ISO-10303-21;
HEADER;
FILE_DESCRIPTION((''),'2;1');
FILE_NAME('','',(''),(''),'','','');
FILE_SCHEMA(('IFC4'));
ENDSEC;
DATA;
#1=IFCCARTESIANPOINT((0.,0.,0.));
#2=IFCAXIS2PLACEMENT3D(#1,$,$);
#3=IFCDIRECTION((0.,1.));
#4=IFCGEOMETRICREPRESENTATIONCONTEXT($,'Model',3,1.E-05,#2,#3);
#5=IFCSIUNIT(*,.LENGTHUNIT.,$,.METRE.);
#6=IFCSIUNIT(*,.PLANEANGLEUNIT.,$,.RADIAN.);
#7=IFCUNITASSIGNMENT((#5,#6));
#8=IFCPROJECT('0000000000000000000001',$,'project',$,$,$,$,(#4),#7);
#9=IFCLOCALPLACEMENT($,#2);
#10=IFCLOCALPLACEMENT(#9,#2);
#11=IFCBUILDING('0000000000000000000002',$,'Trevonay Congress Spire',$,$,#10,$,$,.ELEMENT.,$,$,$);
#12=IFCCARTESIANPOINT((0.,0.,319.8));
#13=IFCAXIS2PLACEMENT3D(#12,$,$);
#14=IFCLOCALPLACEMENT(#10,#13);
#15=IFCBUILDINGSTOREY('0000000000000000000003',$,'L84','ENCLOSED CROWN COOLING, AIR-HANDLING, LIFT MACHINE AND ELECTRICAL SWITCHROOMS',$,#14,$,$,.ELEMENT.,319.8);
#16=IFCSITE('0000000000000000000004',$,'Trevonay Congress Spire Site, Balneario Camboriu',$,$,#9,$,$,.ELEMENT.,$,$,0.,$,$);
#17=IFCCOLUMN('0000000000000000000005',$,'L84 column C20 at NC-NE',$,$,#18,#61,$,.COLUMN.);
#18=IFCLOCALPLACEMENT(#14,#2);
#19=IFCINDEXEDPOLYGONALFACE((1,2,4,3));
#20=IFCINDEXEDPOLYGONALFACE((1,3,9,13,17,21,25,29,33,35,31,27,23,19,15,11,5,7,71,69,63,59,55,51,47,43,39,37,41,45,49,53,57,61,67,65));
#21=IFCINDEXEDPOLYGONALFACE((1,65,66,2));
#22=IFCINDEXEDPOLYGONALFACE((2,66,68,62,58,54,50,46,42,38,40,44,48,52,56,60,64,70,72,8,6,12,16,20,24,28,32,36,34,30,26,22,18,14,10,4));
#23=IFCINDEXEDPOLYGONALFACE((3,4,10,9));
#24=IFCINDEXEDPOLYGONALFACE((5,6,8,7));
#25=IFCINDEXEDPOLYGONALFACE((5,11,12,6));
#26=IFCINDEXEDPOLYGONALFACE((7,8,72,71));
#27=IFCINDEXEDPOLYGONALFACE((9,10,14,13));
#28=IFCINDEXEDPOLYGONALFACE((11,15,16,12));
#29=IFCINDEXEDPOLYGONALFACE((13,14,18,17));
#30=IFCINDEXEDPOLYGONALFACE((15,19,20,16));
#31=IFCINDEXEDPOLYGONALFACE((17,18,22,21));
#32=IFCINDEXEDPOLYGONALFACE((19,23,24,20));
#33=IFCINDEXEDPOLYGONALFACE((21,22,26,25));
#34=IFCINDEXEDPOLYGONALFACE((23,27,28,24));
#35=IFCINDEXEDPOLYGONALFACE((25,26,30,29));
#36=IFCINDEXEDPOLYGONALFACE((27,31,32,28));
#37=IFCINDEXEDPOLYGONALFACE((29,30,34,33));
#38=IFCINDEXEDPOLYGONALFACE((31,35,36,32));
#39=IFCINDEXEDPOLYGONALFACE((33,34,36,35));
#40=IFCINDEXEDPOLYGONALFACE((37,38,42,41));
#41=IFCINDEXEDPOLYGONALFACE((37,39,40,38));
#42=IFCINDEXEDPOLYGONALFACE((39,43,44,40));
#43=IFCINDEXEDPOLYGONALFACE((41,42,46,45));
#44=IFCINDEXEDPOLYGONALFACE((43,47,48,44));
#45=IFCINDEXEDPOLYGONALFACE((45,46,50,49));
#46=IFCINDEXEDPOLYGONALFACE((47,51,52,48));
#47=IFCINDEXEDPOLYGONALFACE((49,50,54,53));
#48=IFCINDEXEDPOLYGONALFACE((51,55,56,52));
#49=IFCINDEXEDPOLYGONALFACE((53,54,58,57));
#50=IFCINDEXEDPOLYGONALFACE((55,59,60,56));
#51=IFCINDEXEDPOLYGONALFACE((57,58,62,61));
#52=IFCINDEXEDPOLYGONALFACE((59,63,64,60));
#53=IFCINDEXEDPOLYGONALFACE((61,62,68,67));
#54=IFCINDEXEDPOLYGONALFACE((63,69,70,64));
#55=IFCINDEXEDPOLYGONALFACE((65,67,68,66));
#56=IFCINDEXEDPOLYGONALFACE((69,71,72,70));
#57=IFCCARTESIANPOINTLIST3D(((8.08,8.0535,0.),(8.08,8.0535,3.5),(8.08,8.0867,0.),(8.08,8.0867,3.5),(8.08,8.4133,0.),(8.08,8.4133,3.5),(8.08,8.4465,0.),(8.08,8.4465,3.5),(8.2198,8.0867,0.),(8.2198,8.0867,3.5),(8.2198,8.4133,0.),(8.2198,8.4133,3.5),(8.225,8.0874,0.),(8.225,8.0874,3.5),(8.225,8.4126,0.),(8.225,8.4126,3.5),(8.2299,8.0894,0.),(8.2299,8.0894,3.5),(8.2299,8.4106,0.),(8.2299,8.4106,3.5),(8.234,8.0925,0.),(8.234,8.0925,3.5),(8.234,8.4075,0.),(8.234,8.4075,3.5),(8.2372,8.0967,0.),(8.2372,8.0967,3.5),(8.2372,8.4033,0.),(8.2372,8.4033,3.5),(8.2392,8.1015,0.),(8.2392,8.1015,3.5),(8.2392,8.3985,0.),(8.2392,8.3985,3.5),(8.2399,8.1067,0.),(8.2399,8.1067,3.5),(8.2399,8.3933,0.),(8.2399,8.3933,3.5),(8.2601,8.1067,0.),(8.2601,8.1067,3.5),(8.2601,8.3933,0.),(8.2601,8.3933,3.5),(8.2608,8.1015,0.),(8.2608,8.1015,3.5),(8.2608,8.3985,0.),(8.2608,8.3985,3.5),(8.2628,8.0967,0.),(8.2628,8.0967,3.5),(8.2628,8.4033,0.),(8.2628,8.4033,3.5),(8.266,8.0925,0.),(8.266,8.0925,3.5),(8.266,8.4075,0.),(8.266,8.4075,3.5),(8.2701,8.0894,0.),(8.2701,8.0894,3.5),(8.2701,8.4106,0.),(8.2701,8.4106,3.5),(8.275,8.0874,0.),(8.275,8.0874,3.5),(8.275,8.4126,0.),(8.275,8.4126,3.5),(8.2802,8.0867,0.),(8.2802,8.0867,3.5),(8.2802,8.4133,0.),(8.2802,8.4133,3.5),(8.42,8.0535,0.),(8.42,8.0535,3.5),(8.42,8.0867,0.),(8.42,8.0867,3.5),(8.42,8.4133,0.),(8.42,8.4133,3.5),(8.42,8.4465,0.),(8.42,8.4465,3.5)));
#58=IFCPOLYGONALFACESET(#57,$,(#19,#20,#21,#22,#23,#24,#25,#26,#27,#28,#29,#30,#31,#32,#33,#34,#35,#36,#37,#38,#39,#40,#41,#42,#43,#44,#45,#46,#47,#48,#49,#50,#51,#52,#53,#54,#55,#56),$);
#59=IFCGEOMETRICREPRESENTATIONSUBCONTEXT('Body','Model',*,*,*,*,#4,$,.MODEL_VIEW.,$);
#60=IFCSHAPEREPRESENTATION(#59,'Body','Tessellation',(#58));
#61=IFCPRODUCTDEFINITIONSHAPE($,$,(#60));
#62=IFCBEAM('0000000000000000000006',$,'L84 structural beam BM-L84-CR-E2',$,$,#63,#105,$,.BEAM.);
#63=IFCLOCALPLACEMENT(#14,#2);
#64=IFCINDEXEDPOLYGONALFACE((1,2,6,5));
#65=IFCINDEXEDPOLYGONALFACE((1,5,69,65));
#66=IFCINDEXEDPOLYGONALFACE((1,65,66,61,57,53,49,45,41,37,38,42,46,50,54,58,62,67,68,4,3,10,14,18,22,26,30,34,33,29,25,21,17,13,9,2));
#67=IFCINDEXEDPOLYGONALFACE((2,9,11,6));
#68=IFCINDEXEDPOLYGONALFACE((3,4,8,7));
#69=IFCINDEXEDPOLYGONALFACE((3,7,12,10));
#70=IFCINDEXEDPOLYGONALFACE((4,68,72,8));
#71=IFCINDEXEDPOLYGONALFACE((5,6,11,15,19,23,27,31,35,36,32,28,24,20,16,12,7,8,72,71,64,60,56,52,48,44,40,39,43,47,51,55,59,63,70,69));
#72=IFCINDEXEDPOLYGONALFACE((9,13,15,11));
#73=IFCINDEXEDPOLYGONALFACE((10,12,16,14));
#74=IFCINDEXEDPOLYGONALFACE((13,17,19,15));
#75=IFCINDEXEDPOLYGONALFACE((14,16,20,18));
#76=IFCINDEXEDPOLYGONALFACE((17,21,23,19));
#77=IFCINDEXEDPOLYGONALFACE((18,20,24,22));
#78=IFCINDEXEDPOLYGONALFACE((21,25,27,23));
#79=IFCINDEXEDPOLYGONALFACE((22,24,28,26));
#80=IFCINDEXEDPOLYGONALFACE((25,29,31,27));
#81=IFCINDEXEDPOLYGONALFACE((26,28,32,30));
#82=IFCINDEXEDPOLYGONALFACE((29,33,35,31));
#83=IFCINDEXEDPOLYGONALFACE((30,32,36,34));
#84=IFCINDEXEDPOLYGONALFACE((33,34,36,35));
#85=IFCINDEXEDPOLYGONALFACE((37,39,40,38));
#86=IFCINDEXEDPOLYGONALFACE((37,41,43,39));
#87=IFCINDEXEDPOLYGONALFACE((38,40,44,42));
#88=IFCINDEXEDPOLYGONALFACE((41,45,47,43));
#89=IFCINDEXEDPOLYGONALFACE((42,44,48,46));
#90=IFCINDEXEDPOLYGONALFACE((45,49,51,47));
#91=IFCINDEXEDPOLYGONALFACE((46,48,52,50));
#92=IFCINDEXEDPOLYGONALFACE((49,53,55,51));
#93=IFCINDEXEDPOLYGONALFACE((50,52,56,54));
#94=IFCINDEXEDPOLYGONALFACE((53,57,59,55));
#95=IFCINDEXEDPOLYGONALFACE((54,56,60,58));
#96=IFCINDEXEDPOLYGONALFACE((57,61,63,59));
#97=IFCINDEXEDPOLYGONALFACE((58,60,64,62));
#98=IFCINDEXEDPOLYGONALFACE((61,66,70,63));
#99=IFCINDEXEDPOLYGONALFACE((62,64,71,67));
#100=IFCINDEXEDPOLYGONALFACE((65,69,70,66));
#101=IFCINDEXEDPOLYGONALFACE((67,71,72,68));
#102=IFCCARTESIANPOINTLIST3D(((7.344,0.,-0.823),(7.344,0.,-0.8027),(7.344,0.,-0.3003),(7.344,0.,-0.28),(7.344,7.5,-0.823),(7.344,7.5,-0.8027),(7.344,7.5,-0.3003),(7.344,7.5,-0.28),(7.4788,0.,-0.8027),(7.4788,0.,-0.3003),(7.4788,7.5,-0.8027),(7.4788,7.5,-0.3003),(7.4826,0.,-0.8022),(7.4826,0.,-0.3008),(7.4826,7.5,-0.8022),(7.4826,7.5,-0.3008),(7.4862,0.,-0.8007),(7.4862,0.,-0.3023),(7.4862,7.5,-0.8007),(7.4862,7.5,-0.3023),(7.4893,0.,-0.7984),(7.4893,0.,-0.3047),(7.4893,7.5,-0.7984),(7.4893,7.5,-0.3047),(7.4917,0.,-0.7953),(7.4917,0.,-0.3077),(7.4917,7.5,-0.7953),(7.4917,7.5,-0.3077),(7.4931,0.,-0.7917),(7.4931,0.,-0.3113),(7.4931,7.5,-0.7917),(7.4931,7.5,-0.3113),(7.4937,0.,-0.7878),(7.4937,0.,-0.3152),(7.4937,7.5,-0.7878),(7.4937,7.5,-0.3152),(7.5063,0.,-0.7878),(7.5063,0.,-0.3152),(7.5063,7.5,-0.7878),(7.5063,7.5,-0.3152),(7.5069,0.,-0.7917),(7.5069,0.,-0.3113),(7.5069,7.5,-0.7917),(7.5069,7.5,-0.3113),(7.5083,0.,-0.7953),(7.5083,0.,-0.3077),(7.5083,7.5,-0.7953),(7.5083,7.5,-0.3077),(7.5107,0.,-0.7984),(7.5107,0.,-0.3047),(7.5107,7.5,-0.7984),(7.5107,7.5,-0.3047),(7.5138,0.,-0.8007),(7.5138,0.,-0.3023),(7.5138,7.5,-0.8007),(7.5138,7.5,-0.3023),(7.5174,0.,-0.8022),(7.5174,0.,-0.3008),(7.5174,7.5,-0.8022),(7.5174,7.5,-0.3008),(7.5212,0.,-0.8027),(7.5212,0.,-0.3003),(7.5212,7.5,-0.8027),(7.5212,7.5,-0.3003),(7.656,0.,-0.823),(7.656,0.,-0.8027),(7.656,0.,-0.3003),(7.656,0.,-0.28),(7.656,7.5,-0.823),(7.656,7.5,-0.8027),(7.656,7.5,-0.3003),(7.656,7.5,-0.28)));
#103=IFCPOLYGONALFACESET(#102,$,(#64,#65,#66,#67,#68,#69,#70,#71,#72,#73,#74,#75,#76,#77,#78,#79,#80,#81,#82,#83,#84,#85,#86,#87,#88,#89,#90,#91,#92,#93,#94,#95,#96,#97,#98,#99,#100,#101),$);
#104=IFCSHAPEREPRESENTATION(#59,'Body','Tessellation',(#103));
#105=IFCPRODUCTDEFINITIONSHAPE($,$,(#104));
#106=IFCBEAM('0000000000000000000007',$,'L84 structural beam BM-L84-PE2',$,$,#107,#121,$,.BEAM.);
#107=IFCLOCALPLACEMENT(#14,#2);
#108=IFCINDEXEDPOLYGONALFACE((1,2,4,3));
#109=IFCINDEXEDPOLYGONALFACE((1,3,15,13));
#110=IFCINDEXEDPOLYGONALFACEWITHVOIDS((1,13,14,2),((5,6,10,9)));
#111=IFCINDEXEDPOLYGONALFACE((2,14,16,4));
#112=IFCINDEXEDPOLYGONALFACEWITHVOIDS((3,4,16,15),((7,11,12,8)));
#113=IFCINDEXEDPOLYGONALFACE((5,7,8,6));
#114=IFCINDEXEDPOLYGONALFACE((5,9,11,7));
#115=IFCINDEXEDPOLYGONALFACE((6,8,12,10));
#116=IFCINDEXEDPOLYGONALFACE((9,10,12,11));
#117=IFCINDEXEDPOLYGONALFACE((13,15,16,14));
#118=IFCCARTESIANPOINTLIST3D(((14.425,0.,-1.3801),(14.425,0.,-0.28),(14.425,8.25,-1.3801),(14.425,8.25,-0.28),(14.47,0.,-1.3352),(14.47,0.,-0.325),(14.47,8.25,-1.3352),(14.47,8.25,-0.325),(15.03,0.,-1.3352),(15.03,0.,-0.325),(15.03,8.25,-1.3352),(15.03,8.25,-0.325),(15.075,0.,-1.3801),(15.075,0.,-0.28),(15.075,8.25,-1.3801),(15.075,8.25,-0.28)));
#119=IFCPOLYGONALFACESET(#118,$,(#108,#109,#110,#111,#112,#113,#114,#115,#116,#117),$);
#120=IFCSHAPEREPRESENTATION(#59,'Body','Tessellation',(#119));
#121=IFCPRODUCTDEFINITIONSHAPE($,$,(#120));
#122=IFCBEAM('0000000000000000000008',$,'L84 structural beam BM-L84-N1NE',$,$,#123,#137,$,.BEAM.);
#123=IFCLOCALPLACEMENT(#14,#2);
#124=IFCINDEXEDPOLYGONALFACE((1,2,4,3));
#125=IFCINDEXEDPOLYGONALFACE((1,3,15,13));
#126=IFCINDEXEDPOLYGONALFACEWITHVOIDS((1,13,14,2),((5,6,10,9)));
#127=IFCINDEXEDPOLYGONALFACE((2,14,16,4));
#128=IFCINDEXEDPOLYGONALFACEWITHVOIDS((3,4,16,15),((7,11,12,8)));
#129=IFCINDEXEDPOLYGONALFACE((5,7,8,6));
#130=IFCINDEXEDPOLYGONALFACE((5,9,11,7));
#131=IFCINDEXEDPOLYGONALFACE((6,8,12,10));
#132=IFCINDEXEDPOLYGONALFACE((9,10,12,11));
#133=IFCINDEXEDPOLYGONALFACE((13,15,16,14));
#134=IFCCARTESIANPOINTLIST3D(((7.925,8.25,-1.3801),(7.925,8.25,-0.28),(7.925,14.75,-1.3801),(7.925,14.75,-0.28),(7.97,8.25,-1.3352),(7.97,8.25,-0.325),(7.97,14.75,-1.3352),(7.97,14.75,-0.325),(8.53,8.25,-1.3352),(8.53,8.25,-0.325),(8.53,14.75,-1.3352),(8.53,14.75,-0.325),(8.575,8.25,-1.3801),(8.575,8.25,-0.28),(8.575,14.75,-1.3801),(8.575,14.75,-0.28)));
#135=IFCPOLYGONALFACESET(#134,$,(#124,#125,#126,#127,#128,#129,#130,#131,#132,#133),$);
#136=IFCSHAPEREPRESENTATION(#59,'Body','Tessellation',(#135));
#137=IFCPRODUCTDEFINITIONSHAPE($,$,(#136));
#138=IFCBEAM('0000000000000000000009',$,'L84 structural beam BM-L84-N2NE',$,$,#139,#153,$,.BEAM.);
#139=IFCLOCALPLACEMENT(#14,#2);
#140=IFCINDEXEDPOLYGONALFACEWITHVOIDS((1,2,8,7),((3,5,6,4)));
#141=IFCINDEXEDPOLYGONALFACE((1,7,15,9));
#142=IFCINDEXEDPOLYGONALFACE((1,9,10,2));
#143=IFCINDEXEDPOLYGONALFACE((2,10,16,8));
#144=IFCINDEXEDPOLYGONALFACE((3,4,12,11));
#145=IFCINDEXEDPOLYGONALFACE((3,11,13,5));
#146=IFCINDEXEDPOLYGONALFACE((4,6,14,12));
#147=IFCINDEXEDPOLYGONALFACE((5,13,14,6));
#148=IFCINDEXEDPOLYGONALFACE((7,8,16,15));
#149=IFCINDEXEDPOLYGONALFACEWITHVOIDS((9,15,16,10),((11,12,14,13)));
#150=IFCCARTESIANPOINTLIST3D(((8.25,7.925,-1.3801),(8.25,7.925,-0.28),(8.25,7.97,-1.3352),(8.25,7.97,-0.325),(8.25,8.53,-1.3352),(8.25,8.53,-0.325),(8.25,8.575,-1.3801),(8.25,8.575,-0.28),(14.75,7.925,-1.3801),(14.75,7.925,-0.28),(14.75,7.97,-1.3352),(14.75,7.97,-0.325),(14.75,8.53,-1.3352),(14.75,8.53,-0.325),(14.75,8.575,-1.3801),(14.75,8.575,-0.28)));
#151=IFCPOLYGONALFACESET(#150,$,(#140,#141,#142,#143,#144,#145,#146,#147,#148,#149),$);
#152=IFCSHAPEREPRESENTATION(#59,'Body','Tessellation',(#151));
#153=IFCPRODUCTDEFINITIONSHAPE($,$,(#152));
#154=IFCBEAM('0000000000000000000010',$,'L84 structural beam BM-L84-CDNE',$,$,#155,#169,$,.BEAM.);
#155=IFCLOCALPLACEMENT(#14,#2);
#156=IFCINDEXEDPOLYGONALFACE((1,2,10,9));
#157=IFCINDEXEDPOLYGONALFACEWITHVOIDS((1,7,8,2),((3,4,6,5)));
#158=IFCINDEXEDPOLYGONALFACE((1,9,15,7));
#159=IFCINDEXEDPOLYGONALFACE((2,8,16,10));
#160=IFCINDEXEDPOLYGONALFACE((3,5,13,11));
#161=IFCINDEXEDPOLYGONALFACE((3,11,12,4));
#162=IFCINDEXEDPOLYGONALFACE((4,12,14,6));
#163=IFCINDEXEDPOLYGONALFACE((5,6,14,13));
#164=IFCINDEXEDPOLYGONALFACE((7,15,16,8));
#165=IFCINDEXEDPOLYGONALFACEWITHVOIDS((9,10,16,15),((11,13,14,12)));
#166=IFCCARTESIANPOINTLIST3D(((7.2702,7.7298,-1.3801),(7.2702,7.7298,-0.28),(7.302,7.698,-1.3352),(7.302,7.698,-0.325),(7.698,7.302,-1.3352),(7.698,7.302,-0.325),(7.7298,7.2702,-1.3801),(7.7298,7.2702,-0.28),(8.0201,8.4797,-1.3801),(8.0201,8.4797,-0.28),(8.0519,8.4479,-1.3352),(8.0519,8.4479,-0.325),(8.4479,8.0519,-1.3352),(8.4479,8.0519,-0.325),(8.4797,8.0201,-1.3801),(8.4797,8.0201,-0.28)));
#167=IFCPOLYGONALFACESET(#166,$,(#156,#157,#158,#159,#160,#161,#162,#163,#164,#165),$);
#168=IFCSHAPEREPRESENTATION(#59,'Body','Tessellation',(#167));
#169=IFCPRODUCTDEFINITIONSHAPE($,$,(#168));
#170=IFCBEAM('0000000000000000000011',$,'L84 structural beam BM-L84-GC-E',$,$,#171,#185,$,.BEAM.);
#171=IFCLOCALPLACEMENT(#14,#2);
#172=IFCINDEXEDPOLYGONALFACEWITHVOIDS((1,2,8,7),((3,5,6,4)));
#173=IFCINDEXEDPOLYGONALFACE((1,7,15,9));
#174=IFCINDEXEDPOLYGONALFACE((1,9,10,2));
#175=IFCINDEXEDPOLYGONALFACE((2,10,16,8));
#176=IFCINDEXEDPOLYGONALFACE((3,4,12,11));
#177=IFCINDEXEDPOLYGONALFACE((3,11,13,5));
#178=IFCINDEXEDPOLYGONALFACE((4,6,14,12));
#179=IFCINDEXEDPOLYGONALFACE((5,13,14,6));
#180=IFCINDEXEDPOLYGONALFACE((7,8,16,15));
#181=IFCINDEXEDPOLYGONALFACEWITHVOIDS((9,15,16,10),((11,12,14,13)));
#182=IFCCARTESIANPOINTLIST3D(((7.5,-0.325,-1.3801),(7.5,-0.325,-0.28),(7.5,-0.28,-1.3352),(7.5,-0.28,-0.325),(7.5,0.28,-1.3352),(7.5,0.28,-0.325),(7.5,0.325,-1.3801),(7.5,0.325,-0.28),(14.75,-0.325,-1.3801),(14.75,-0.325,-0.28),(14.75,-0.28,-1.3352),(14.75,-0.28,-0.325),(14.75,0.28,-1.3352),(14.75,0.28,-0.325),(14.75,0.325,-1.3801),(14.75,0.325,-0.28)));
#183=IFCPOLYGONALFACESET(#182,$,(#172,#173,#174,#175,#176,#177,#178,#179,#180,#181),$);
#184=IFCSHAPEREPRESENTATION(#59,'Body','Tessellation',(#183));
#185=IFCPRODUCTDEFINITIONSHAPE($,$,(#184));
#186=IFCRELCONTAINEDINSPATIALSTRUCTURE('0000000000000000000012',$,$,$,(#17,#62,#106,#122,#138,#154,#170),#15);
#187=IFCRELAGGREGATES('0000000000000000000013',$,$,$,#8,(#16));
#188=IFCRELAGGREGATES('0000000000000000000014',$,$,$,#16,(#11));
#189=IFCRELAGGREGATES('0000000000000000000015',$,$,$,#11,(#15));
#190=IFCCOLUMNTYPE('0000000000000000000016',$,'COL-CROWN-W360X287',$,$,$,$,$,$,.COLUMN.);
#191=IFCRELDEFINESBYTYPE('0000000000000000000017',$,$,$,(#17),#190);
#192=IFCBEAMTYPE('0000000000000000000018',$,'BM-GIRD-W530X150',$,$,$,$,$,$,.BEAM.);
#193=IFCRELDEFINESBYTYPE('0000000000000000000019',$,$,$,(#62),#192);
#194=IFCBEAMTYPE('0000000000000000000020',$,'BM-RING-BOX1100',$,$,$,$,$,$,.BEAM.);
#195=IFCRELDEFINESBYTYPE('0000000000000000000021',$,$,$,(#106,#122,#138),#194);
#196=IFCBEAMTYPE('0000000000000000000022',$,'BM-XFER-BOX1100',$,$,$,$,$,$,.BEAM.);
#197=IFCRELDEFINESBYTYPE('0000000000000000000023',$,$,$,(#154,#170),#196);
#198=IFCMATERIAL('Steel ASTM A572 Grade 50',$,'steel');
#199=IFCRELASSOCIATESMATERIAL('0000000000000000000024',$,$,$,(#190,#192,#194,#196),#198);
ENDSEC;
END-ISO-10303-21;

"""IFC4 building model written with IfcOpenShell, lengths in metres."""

from ifc_helpers import new_model, si_unit, direction, frame, origin, origin_2d, place, context, subcontext, project, spatial, hollow_rectangle, i_section, extrude, material, material_profile, profile_set, type_object, element, save


model = new_model("IFC4")

# Units and contexts
model_context = context("Model", 3, precision=1e-05, world=origin(), true_north=direction((0.0, 1.0)))
body_context = subcontext(model_context, "Body", "Model", "MODEL_VIEW")
ifc_project = project(units=[si_unit("LENGTHUNIT", "METRE"), si_unit("PLANEANGLEUNIT", "RADIAN")], contexts=[model_context])

# Site, building, storey
site_placement = place(None, origin())
site = spatial("IfcSite", under=ifc_project, at=site_placement, Name="Trevonay Congress Spire Site, Balneario Camboriu", CompositionType="ELEMENT", RefElevation=0.0)
building_placement = place(site_placement, origin())
building = spatial("IfcBuilding", under=site, at=building_placement, Name="Trevonay Congress Spire", CompositionType="ELEMENT")
storey_placement = place(building_placement, frame((0.0, 0.0, 319.8)))
storey = spatial("IfcBuildingStorey", under=building, at=storey_placement, Name="L84", Description="ENCLOSED CROWN COOLING, AIR-HANDLING, LIFT MACHINE AND ELECTRICAL SWITCHROOMS", CompositionType="ELEMENT", Elevation=319.8)

# Column
ifc_material_1 = material(Name="Steel ASTM A572 Grade 50", Category="steel")
ifc_material_profile_1 = material_profile(ifc_material_1, i_section(OverallWidth=0.3401, OverallDepth=0.3931, WebThickness=0.0203, FlangeThickness=0.0332, FilletRadius=0.02, at=origin_2d()), Name="W360x287")
ifc_profile_set_1 = profile_set([ifc_material_profile_1], Name="Steel ASTM A572 Grade 50")
column_type_1 = type_object("IfcColumnType", Name="COL-CROWN-W360X287", PredefinedType="COLUMN", material=ifc_profile_set_1)
column_placement = place(storey_placement, frame((8.25, 8.25, 0.0), z_axis=(0.0, 0.0, 1.0), x_axis=(1.0, 0.0, 0.0)))
element("IfcColumn", 1, at=column_placement, inside=storey, type_object=column_type_1, Name="L84 column C20 at NC-NE", PredefinedType="COLUMN", context=body_context, shape_type="SweptSolid", body=[
    extrude(i_section(OverallWidth=0.3401, OverallDepth=0.3931, WebThickness=0.0203, FlangeThickness=0.0332, FilletRadius=0.02, at=origin_2d()), origin(), (0.0, 0.0, 1.0), 3.5),
])

# Beams
ifc_material_profile_2 = material_profile(ifc_material_1, i_section(OverallWidth=0.312, OverallDepth=0.543, WebThickness=0.0127, FlangeThickness=0.0203, FilletRadius=0.0149, at=origin_2d()), Name="W530x150")
ifc_profile_set_2 = profile_set([ifc_material_profile_2], Name="Steel ASTM A572 Grade 50")
beam_type_1 = type_object("IfcBeamType", Name="BM-GIRD-W530X150", PredefinedType="BEAM", material=ifc_profile_set_2)
beam_1_placement = place(storey_placement, frame((7.5, 0.0, -0.5515), z_axis=(0.0, 1.0, 0.0), x_axis=(-1.0, 0.0, 0.0)))
element("IfcBeam", 2, at=beam_1_placement, inside=storey, type_object=beam_type_1, Name="L84 structural beam BM-L84-CR-E2", PredefinedType="BEAM", context=body_context, shape_type="SweptSolid", body=[
    extrude(i_section(OverallWidth=0.312, OverallDepth=0.543, WebThickness=0.0127, FlangeThickness=0.0203, FilletRadius=0.0149, at=origin_2d()), origin(), (0.0, 0.0, 1.0), 7.5),
])
ifc_material_profile_3 = material_profile(ifc_material_1, hollow_rectangle(XDim=0.6499, YDim=1.1001, WallThickness=0.0449, at=origin_2d()), Name="BOX 1100x650x45")
ifc_profile_set_3 = profile_set([ifc_material_profile_3], Name="Steel ASTM A572 Grade 50")
beam_type_2 = type_object("IfcBeamType", Name="BM-RING-BOX1100", PredefinedType="BEAM", material=ifc_profile_set_3)
beam_2_placement = place(storey_placement, frame((14.75, 0.0, -0.8301), z_axis=(0.0, 1.0, 0.0), x_axis=(-1.0, 0.0, 0.0)))
element("IfcBeam", 3, at=beam_2_placement, inside=storey, type_object=beam_type_2, Name="L84 structural beam BM-L84-PE2", PredefinedType="BEAM", context=body_context, shape_type="SweptSolid", body=[
    extrude(hollow_rectangle(XDim=0.6499, YDim=1.1001, WallThickness=0.0449, at=origin_2d()), origin(), (0.0, 0.0, 1.0), 8.25),
])
for number, where, z_axis, x_axis, name in (
    (4, (8.25, 14.75, -0.8301), (0.0, -1.0, 0.0), (1.0, 0.0, 0.0), "L84 structural beam BM-L84-N1NE"),
    (5, (14.75, 8.25, -0.8301), (-1.0, 0.0, 0.0), (0.0, -1.0, 0.0), "L84 structural beam BM-L84-N2NE"),
):
    element("IfcBeam", number, at=place(storey_placement, frame(where, z_axis=z_axis, x_axis=x_axis)), inside=storey, type_object=beam_type_2, Name=name, PredefinedType="BEAM", context=body_context, shape_type="SweptSolid", body=[
        extrude(hollow_rectangle(XDim=0.6499, YDim=1.1001, WallThickness=0.0449, at=origin_2d()), origin(), (0.0, 0.0, 1.0), 6.5),
    ])
ifc_material_profile_4 = material_profile(ifc_material_1, hollow_rectangle(XDim=0.6499, YDim=1.1001, WallThickness=0.0449, at=origin_2d()), Name="BOX 1100x650x45")
ifc_profile_set_4 = profile_set([ifc_material_profile_4], Name="Steel ASTM A572 Grade 50")
beam_type_3 = type_object("IfcBeamType", Name="BM-XFER-BOX1100", PredefinedType="BEAM", material=ifc_profile_set_4)
beam_3_placement = place(storey_placement, frame((7.5, 7.5, -0.8301), z_axis=(0.707107, 0.707107, 0.0), x_axis=(-0.707107, 0.707107, 0.0)))
element("IfcBeam", 6, at=beam_3_placement, inside=storey, type_object=beam_type_3, Name="L84 structural beam BM-L84-CDNE", PredefinedType="BEAM", context=body_context, shape_type="SweptSolid", body=[
    extrude(hollow_rectangle(XDim=0.6499, YDim=1.1001, WallThickness=0.0449, at=origin_2d()), origin(), (0.0, 0.0, 1.0), 1.0605),
])
beam_4_placement = place(storey_placement, frame((7.5, 0.0, -0.8301), z_axis=(1.0, 0.0, 0.0), x_axis=(0.0, 1.0, 0.0)))
element("IfcBeam", 7, at=beam_4_placement, inside=storey, type_object=beam_type_3, Name="L84 structural beam BM-L84-GC-E", PredefinedType="BEAM", context=body_context, shape_type="SweptSolid", body=[
    extrude(hollow_rectangle(XDim=0.6499, YDim=1.1001, WallThickness=0.0449, at=origin_2d()), origin(), (0.0, 0.0, 1.0), 7.25),
])

save(model, "model.ifc")
